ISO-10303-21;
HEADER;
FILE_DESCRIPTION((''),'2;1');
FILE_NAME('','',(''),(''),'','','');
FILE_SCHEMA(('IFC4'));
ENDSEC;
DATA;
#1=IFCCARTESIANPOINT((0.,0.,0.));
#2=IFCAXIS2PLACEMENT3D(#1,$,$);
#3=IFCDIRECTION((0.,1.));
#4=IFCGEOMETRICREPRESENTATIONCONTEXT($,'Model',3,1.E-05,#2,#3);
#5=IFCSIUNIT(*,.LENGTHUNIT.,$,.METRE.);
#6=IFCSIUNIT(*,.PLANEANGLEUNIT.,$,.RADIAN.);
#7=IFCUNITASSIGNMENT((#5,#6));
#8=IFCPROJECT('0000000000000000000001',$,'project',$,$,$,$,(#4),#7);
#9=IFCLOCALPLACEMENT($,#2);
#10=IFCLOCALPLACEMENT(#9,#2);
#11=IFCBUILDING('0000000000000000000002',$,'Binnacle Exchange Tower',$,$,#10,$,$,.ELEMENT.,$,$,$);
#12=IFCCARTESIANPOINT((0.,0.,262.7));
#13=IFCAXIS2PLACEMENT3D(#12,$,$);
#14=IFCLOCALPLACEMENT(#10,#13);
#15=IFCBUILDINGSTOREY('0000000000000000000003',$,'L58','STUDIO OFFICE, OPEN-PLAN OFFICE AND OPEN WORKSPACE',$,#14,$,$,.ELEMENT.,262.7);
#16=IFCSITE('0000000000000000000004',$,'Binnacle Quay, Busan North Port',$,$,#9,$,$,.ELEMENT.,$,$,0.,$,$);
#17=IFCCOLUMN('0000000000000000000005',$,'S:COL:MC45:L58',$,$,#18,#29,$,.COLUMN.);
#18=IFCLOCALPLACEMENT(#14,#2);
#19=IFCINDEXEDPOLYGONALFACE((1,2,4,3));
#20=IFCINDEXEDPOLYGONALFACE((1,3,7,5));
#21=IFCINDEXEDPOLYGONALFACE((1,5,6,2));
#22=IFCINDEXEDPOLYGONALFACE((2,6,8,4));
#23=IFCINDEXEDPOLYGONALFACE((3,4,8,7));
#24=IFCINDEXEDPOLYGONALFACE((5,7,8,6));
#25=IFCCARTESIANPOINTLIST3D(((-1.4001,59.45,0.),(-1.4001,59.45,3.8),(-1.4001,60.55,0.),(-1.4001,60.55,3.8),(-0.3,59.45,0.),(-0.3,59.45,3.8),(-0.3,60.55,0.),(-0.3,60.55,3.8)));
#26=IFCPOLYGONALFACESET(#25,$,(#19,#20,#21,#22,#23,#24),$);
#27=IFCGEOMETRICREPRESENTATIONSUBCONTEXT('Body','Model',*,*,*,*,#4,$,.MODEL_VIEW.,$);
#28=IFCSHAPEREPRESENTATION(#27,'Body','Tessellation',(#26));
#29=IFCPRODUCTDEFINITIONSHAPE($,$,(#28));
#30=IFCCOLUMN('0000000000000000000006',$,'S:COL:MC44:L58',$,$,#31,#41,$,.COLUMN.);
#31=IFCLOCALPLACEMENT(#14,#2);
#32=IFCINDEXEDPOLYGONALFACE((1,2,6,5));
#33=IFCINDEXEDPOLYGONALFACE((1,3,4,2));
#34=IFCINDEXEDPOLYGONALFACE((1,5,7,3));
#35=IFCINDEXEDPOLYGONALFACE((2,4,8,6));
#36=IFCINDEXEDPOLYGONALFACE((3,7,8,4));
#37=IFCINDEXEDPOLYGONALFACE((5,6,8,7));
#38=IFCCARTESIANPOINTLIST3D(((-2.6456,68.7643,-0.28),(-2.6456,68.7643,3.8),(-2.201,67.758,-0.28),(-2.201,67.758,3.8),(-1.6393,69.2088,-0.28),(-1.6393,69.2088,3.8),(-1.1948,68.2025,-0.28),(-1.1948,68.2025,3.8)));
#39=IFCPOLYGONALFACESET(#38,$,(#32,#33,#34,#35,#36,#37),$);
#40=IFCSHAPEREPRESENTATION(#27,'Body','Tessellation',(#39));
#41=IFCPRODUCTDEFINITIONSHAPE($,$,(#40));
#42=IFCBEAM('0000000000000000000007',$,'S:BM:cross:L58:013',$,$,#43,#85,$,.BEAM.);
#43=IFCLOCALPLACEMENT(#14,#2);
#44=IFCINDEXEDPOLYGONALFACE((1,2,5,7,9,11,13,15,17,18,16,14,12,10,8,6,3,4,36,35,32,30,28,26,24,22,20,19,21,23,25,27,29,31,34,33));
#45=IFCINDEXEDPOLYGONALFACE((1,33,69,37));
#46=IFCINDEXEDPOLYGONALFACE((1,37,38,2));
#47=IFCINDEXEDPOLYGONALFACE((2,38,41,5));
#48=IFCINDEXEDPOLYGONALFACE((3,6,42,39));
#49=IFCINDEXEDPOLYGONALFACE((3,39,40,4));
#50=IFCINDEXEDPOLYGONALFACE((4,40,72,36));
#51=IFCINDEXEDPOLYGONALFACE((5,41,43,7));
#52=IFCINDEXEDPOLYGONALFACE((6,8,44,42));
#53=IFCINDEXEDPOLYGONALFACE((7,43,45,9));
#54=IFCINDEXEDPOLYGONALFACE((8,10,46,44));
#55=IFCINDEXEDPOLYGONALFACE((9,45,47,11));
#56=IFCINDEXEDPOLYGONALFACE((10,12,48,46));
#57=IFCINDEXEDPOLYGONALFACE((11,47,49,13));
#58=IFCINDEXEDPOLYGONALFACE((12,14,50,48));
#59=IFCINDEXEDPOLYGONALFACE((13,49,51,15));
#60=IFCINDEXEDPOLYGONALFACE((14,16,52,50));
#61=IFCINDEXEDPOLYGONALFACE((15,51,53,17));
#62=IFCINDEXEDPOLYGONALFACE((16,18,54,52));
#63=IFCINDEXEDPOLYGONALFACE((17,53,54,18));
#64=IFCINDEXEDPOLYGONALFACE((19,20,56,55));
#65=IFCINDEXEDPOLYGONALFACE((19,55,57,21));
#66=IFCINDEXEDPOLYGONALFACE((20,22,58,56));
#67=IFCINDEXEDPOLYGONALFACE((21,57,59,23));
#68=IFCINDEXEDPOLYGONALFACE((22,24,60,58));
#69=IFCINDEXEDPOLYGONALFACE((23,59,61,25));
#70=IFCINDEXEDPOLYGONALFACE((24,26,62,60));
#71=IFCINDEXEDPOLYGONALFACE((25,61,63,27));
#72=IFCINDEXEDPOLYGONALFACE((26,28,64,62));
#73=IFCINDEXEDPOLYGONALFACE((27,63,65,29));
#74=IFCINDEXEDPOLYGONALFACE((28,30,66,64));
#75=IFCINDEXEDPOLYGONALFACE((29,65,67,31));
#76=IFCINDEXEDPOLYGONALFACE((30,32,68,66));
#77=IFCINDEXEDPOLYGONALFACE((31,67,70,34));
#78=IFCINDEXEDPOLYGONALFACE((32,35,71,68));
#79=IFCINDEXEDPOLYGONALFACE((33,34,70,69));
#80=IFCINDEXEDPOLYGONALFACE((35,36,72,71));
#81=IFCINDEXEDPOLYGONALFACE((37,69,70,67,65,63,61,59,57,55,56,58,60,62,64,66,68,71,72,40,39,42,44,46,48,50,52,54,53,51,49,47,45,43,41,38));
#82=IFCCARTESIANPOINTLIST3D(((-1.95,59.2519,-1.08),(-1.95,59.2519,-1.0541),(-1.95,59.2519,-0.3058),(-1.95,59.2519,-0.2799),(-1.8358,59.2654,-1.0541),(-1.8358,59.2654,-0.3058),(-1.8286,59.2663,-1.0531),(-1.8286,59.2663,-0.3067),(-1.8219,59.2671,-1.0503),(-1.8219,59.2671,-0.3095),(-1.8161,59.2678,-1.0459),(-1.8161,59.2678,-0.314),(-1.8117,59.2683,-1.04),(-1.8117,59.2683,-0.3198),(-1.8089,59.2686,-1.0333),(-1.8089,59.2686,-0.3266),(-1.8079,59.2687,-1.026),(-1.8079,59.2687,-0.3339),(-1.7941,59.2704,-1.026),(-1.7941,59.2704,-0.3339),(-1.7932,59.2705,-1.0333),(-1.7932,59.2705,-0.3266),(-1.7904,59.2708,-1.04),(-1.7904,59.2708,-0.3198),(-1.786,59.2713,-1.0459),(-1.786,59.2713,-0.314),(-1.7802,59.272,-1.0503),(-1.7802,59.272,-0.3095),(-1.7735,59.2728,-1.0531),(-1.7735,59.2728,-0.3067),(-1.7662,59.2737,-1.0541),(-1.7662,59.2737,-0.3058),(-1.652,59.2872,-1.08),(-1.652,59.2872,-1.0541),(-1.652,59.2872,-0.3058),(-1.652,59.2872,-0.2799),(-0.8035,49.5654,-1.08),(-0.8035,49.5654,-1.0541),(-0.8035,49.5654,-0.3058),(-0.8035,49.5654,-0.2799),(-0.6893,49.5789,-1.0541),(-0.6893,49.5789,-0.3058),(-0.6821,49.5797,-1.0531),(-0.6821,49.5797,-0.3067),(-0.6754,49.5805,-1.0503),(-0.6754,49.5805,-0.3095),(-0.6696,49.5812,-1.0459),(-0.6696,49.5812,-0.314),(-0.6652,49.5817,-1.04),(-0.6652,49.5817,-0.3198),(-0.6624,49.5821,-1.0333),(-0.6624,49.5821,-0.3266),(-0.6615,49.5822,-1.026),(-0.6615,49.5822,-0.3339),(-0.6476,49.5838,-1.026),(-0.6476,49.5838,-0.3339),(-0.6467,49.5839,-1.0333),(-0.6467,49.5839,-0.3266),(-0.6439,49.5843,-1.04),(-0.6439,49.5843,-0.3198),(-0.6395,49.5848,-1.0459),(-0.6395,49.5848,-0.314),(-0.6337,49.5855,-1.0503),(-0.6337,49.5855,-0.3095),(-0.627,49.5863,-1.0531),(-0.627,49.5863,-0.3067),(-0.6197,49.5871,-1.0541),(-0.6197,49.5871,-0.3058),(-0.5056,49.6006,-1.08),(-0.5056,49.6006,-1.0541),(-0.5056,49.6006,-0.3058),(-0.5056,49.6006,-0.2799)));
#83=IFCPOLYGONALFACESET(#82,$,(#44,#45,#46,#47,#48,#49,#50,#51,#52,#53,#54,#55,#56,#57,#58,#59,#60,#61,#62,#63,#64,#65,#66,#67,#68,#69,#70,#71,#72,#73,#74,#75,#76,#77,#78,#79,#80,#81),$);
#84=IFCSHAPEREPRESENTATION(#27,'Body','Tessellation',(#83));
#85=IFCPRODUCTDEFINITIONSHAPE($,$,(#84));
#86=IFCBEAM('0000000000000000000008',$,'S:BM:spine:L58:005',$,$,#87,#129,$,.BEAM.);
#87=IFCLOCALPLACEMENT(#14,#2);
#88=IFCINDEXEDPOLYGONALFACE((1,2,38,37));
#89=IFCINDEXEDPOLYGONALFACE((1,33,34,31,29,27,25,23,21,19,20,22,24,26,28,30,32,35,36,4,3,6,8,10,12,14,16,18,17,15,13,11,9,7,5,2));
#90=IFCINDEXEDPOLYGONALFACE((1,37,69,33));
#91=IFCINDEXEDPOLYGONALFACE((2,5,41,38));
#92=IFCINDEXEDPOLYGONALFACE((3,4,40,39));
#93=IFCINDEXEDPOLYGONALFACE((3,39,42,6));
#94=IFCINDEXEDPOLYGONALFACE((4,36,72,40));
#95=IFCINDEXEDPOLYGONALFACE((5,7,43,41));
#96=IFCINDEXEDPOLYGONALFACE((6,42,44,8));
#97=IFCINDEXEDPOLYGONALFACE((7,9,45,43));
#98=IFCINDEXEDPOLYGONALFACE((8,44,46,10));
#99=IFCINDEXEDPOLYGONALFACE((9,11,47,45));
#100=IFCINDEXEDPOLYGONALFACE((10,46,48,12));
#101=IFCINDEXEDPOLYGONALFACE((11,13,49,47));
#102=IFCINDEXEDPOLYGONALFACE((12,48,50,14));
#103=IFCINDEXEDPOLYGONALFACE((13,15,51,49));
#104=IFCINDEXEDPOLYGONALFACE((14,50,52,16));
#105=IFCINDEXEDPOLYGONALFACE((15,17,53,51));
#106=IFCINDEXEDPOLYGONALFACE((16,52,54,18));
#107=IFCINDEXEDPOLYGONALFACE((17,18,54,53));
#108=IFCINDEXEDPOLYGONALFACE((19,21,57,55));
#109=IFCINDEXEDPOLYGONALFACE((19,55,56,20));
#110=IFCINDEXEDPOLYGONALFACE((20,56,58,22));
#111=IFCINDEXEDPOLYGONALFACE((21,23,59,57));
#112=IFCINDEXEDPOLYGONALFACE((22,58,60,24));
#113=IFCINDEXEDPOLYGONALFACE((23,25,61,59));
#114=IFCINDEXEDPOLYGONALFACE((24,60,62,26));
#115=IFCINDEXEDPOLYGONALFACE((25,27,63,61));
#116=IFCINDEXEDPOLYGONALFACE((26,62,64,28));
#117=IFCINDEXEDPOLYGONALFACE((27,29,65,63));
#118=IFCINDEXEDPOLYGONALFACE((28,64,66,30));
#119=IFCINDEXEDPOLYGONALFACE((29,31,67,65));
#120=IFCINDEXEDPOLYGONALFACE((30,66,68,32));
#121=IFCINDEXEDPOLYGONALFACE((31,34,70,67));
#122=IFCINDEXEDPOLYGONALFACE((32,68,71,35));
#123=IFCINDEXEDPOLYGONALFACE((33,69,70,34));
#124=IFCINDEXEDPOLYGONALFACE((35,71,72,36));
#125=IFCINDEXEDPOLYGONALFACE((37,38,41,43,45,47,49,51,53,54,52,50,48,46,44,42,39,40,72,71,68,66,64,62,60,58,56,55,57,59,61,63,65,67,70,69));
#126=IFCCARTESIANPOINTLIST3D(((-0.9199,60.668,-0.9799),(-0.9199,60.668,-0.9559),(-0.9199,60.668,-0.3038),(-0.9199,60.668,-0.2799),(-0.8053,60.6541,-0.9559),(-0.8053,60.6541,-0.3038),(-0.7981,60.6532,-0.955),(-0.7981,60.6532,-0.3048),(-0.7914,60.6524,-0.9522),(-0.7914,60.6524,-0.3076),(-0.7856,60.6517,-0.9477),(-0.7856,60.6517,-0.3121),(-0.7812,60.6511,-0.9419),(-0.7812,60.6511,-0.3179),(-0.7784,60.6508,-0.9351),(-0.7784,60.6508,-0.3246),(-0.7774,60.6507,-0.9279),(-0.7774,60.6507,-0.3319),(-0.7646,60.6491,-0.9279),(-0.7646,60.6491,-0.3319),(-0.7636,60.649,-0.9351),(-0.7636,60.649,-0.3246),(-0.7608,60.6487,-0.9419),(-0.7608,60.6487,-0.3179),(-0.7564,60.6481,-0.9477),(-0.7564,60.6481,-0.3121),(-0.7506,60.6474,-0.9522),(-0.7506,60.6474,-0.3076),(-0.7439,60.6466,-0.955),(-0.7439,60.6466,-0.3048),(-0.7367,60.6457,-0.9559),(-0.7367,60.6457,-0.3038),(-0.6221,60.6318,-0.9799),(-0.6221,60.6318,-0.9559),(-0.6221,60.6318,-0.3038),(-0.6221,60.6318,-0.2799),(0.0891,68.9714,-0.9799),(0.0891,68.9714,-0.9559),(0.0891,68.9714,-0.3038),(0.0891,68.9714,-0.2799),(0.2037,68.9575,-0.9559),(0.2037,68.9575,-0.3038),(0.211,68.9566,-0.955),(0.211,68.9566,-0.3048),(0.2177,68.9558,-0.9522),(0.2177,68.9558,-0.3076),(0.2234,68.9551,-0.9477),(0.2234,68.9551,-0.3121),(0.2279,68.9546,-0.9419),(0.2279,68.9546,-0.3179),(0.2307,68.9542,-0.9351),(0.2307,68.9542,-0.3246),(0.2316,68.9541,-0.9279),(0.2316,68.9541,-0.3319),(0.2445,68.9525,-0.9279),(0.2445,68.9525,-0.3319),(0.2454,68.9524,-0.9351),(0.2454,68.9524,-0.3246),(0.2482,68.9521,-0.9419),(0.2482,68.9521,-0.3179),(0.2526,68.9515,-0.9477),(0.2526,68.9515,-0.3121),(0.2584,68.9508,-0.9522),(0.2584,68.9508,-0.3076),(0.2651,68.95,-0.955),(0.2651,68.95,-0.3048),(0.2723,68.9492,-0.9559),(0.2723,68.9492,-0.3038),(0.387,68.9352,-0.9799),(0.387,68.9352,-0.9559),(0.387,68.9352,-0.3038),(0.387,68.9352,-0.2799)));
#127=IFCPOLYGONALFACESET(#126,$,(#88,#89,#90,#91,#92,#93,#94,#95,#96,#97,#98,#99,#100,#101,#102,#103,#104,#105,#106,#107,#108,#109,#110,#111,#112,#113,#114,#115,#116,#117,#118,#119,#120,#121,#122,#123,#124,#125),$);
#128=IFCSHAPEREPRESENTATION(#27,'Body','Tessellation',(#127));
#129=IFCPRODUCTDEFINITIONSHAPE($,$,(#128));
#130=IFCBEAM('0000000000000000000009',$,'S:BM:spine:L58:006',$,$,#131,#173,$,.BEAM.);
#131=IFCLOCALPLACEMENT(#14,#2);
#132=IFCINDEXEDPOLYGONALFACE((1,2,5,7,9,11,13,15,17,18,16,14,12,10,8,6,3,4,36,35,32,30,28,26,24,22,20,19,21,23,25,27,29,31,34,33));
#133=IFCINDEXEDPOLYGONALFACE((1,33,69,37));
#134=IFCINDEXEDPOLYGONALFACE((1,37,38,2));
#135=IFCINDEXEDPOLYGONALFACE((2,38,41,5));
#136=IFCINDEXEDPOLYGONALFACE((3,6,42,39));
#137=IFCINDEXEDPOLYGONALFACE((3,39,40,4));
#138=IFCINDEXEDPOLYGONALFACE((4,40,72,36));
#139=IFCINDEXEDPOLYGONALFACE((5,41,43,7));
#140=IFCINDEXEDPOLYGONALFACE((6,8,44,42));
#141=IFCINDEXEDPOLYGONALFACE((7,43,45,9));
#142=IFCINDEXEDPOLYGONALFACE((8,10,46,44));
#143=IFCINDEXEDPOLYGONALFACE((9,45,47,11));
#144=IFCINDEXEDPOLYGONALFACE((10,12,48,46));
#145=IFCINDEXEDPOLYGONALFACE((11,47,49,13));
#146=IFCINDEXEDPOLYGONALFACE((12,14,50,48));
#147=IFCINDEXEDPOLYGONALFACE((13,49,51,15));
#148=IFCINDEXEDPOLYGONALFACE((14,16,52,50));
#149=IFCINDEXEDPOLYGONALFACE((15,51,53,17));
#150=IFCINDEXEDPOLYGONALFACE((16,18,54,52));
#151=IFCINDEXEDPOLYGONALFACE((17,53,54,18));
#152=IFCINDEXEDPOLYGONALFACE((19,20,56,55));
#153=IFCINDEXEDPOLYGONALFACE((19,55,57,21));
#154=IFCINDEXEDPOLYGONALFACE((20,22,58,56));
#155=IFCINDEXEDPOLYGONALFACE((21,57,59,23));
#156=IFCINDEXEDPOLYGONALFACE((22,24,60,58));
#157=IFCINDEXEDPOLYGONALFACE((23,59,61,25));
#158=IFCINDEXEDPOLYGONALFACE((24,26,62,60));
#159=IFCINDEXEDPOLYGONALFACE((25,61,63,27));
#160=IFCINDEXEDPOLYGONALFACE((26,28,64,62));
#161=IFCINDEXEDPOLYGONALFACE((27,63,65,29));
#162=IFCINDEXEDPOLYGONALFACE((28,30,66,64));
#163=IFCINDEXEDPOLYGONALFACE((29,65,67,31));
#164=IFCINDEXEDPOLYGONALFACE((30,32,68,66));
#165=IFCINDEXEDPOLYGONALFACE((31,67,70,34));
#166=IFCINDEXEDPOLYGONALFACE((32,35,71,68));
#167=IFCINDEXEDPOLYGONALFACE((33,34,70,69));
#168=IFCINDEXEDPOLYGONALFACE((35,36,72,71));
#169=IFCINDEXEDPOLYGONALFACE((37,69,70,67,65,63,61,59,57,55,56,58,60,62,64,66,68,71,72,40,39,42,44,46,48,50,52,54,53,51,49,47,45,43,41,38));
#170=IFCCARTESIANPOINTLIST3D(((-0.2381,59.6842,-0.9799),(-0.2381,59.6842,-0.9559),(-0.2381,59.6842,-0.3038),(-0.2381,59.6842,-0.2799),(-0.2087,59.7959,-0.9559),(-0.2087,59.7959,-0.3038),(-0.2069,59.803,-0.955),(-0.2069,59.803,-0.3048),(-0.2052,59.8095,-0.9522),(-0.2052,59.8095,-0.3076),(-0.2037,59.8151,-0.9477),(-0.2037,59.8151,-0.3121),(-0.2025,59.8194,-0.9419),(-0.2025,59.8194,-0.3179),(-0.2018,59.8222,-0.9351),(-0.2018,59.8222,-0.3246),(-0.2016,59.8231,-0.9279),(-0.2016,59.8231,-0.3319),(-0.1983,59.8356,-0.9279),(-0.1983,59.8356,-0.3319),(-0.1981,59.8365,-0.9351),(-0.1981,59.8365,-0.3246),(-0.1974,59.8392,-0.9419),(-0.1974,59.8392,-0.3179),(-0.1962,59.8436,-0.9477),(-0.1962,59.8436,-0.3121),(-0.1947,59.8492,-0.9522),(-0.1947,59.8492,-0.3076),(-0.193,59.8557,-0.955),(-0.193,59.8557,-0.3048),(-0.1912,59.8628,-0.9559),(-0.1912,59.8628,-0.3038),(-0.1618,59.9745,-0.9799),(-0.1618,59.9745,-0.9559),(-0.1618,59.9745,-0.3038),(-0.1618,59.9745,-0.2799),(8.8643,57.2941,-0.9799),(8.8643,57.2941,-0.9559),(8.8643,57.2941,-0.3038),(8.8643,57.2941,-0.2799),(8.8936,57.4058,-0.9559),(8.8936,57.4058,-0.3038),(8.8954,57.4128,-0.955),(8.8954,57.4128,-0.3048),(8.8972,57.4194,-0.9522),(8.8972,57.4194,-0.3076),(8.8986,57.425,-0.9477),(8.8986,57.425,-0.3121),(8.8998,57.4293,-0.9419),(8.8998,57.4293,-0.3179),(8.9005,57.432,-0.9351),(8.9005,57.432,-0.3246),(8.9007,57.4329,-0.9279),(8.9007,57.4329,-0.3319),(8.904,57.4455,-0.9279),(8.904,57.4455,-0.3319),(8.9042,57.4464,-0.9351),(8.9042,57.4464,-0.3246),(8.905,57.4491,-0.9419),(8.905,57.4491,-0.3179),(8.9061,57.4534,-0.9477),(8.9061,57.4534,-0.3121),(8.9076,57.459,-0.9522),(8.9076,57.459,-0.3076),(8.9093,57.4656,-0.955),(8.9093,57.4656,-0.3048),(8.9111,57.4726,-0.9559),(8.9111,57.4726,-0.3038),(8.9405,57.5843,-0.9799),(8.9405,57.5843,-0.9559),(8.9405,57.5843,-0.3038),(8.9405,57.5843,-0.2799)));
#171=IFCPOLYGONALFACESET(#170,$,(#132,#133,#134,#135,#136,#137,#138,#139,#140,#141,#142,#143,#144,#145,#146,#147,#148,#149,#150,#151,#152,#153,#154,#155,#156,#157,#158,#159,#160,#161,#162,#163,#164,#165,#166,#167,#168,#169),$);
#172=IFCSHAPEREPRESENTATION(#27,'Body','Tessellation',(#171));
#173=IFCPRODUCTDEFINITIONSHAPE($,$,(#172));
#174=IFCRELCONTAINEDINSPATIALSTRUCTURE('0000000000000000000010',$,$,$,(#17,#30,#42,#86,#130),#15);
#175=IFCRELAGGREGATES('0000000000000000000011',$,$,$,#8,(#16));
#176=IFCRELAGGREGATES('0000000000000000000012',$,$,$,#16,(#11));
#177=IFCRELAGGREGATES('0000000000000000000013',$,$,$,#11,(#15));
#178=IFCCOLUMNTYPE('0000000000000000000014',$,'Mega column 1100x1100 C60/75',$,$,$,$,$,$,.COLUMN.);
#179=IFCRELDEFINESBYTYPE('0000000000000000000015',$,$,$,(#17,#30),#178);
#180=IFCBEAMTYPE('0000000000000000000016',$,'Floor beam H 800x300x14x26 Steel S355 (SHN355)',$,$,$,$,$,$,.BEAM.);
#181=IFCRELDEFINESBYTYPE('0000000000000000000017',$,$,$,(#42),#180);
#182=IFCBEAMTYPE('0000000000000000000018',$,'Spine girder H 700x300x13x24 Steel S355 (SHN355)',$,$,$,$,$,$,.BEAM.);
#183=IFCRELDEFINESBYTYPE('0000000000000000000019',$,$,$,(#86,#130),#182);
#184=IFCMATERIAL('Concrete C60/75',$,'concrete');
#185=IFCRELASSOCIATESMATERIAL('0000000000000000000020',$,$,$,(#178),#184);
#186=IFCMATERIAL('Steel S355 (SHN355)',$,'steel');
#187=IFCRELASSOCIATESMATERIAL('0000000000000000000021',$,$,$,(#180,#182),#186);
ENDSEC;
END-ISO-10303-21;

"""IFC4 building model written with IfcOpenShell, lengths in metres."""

from ifc_helpers import new_model, si_unit, direction, frame, origin, origin_2d, place, context, subcontext, project, spatial, rectangle, i_section, extrude, material, material_profile, profile_set, type_object, element, save


model = new_model("IFC4")

# Units and contexts
model_context = context("Model", 3, precision=1e-05, world=origin(), true_north=direction((0.0, 1.0)))
body_context = subcontext(model_context, "Body", "Model", "MODEL_VIEW")
ifc_project = project(units=[si_unit("LENGTHUNIT", "METRE"), si_unit("PLANEANGLEUNIT", "RADIAN")], contexts=[model_context])

# Site, building, storey
site_placement = place(None, origin())
site = spatial("IfcSite", under=ifc_project, at=site_placement, Name="Binnacle Quay, Busan North Port", CompositionType="ELEMENT", RefElevation=0.0)
building_placement = place(site_placement, origin())
building = spatial("IfcBuilding", under=site, at=building_placement, Name="Binnacle Exchange Tower", CompositionType="ELEMENT")
storey_placement = place(building_placement, frame((0.0, 0.0, 262.7)))
storey = spatial("IfcBuildingStorey", under=building, at=storey_placement, Name="L58", Description="STUDIO OFFICE, OPEN-PLAN OFFICE AND OPEN WORKSPACE", CompositionType="ELEMENT", Elevation=262.7)

# Columns
ifc_material_1 = material(Name="Concrete C60/75", Category="concrete")
ifc_material_profile_1 = material_profile(ifc_material_1, rectangle(XDim=1.1001, YDim=1.1001, at=origin_2d()), Name="Mega column 1100x1100 C60/75")
ifc_profile_set_1 = profile_set([ifc_material_profile_1], Name="Concrete C60/75")
column_type = type_object("IfcColumnType", Name="Mega column 1100x1100 C60/75", PredefinedType="COLUMN", material=ifc_profile_set_1)
column_1_placement = place(storey_placement, frame((-0.8501, 60.0, 0.0), z_axis=(0.0, 0.0, 1.0), x_axis=(0.0, 1.0, 0.0)))
element("IfcColumn", 1, at=column_1_placement, inside=storey, type_object=column_type, Name="S:COL:MC45:L58", PredefinedType="COLUMN", context=body_context, shape_type="SweptSolid", body=[
    extrude(rectangle(XDim=1.1001, YDim=1.1001, at=origin_2d()), origin(), (0.0, 0.0, 1.0), 3.8),
])
column_2_placement = place(storey_placement, frame((-1.9202, 68.4834, -0.28), z_axis=(0.0, 0.0, 1.0), x_axis=(-0.914713, -0.404104, 0.0)))
element("IfcColumn", 2, at=column_2_placement, inside=storey, type_object=column_type, Name="S:COL:MC44:L58", PredefinedType="COLUMN", context=body_context, shape_type="SweptSolid", body=[
    extrude(rectangle(XDim=1.1001, YDim=1.1001, at=origin_2d()), origin(), (0.0, 0.0, 1.0), 4.0801),
])

# Beams
ifc_material_2 = material(Name="Steel S355 (SHN355)", Category="steel")
ifc_material_profile_2 = material_profile(ifc_material_2, i_section(OverallWidth=0.3, OverallDepth=0.8, WebThickness=0.0139, FlangeThickness=0.0259, FilletRadius=0.0281, at=origin_2d()), Name="H 800x300x14x26")
ifc_profile_set_2 = profile_set([ifc_material_profile_2], Name="Steel S355 (SHN355)")
beam_type_1 = type_object("IfcBeamType", Name="Floor beam H 800x300x14x26 Steel S355 (SHN355)", PredefinedType="BEAM", material=ifc_profile_set_2)
beam_1_placement = place(storey_placement, frame((-0.6545, 49.583, -0.6799), z_axis=(-0.117538, 0.993068, 0.0), x_axis=(-0.993068, -0.117538, 0.0)))
element("IfcBeam", 3, at=beam_1_placement, inside=storey, type_object=beam_type_1, Name="S:BM:cross:L58:013", PredefinedType="BEAM", context=body_context, shape_type="SweptSolid", body=[
    extrude(i_section(OverallWidth=0.3, OverallDepth=0.8, WebThickness=0.0139, FlangeThickness=0.0259, FilletRadius=0.0281, at=origin_2d()), origin(), (0.0, 0.0, 1.0), 9.7542),
])
ifc_material_profile_3 = material_profile(ifc_material_2, i_section(OverallWidth=0.3, OverallDepth=0.7, WebThickness=0.0129, FlangeThickness=0.0239, FilletRadius=0.0281, at=origin_2d()), Name="H 700x300x13x24")
ifc_profile_set_3 = profile_set([ifc_material_profile_3], Name="Steel S355 (SHN355)")
beam_type_2 = type_object("IfcBeamType", Name="Spine girder H 700x300x13x24 Steel S355 (SHN355)", PredefinedType="BEAM", material=ifc_profile_set_3)
beam_2_placement = place(storey_placement, frame((-0.771, 60.6499, -0.6299), z_axis=(0.120632, 0.992697, 0.0), x_axis=(-0.992697, 0.120632, 0.0)))
element("IfcBeam", 4, at=beam_2_placement, inside=storey, type_object=beam_type_2, Name="S:BM:spine:L58:005", PredefinedType="BEAM", context=body_context, shape_type="SweptSolid", body=[
    extrude(i_section(OverallWidth=0.3, OverallDepth=0.7, WebThickness=0.0129, FlangeThickness=0.0239, FilletRadius=0.0281, at=origin_2d()), origin(), (0.0, 0.0, 1.0), 8.3645),
])
beam_3_placement = place(storey_placement, frame((-0.2, 59.8293, -0.6299), z_axis=(0.96721, -0.253976, 0.0), x_axis=(0.253976, 0.96721, 0.0)))
element("IfcBeam", 5, at=beam_3_placement, inside=storey, type_object=beam_type_2, Name="S:BM:spine:L58:006", PredefinedType="BEAM", context=body_context, shape_type="SweptSolid", body=[
    extrude(i_section(OverallWidth=0.3, OverallDepth=0.7, WebThickness=0.0129, FlangeThickness=0.0239, FilletRadius=0.0281, at=origin_2d()), origin(), (0.0, 0.0, 1.0), 9.4109),
])

save(model, "model.ifc")
